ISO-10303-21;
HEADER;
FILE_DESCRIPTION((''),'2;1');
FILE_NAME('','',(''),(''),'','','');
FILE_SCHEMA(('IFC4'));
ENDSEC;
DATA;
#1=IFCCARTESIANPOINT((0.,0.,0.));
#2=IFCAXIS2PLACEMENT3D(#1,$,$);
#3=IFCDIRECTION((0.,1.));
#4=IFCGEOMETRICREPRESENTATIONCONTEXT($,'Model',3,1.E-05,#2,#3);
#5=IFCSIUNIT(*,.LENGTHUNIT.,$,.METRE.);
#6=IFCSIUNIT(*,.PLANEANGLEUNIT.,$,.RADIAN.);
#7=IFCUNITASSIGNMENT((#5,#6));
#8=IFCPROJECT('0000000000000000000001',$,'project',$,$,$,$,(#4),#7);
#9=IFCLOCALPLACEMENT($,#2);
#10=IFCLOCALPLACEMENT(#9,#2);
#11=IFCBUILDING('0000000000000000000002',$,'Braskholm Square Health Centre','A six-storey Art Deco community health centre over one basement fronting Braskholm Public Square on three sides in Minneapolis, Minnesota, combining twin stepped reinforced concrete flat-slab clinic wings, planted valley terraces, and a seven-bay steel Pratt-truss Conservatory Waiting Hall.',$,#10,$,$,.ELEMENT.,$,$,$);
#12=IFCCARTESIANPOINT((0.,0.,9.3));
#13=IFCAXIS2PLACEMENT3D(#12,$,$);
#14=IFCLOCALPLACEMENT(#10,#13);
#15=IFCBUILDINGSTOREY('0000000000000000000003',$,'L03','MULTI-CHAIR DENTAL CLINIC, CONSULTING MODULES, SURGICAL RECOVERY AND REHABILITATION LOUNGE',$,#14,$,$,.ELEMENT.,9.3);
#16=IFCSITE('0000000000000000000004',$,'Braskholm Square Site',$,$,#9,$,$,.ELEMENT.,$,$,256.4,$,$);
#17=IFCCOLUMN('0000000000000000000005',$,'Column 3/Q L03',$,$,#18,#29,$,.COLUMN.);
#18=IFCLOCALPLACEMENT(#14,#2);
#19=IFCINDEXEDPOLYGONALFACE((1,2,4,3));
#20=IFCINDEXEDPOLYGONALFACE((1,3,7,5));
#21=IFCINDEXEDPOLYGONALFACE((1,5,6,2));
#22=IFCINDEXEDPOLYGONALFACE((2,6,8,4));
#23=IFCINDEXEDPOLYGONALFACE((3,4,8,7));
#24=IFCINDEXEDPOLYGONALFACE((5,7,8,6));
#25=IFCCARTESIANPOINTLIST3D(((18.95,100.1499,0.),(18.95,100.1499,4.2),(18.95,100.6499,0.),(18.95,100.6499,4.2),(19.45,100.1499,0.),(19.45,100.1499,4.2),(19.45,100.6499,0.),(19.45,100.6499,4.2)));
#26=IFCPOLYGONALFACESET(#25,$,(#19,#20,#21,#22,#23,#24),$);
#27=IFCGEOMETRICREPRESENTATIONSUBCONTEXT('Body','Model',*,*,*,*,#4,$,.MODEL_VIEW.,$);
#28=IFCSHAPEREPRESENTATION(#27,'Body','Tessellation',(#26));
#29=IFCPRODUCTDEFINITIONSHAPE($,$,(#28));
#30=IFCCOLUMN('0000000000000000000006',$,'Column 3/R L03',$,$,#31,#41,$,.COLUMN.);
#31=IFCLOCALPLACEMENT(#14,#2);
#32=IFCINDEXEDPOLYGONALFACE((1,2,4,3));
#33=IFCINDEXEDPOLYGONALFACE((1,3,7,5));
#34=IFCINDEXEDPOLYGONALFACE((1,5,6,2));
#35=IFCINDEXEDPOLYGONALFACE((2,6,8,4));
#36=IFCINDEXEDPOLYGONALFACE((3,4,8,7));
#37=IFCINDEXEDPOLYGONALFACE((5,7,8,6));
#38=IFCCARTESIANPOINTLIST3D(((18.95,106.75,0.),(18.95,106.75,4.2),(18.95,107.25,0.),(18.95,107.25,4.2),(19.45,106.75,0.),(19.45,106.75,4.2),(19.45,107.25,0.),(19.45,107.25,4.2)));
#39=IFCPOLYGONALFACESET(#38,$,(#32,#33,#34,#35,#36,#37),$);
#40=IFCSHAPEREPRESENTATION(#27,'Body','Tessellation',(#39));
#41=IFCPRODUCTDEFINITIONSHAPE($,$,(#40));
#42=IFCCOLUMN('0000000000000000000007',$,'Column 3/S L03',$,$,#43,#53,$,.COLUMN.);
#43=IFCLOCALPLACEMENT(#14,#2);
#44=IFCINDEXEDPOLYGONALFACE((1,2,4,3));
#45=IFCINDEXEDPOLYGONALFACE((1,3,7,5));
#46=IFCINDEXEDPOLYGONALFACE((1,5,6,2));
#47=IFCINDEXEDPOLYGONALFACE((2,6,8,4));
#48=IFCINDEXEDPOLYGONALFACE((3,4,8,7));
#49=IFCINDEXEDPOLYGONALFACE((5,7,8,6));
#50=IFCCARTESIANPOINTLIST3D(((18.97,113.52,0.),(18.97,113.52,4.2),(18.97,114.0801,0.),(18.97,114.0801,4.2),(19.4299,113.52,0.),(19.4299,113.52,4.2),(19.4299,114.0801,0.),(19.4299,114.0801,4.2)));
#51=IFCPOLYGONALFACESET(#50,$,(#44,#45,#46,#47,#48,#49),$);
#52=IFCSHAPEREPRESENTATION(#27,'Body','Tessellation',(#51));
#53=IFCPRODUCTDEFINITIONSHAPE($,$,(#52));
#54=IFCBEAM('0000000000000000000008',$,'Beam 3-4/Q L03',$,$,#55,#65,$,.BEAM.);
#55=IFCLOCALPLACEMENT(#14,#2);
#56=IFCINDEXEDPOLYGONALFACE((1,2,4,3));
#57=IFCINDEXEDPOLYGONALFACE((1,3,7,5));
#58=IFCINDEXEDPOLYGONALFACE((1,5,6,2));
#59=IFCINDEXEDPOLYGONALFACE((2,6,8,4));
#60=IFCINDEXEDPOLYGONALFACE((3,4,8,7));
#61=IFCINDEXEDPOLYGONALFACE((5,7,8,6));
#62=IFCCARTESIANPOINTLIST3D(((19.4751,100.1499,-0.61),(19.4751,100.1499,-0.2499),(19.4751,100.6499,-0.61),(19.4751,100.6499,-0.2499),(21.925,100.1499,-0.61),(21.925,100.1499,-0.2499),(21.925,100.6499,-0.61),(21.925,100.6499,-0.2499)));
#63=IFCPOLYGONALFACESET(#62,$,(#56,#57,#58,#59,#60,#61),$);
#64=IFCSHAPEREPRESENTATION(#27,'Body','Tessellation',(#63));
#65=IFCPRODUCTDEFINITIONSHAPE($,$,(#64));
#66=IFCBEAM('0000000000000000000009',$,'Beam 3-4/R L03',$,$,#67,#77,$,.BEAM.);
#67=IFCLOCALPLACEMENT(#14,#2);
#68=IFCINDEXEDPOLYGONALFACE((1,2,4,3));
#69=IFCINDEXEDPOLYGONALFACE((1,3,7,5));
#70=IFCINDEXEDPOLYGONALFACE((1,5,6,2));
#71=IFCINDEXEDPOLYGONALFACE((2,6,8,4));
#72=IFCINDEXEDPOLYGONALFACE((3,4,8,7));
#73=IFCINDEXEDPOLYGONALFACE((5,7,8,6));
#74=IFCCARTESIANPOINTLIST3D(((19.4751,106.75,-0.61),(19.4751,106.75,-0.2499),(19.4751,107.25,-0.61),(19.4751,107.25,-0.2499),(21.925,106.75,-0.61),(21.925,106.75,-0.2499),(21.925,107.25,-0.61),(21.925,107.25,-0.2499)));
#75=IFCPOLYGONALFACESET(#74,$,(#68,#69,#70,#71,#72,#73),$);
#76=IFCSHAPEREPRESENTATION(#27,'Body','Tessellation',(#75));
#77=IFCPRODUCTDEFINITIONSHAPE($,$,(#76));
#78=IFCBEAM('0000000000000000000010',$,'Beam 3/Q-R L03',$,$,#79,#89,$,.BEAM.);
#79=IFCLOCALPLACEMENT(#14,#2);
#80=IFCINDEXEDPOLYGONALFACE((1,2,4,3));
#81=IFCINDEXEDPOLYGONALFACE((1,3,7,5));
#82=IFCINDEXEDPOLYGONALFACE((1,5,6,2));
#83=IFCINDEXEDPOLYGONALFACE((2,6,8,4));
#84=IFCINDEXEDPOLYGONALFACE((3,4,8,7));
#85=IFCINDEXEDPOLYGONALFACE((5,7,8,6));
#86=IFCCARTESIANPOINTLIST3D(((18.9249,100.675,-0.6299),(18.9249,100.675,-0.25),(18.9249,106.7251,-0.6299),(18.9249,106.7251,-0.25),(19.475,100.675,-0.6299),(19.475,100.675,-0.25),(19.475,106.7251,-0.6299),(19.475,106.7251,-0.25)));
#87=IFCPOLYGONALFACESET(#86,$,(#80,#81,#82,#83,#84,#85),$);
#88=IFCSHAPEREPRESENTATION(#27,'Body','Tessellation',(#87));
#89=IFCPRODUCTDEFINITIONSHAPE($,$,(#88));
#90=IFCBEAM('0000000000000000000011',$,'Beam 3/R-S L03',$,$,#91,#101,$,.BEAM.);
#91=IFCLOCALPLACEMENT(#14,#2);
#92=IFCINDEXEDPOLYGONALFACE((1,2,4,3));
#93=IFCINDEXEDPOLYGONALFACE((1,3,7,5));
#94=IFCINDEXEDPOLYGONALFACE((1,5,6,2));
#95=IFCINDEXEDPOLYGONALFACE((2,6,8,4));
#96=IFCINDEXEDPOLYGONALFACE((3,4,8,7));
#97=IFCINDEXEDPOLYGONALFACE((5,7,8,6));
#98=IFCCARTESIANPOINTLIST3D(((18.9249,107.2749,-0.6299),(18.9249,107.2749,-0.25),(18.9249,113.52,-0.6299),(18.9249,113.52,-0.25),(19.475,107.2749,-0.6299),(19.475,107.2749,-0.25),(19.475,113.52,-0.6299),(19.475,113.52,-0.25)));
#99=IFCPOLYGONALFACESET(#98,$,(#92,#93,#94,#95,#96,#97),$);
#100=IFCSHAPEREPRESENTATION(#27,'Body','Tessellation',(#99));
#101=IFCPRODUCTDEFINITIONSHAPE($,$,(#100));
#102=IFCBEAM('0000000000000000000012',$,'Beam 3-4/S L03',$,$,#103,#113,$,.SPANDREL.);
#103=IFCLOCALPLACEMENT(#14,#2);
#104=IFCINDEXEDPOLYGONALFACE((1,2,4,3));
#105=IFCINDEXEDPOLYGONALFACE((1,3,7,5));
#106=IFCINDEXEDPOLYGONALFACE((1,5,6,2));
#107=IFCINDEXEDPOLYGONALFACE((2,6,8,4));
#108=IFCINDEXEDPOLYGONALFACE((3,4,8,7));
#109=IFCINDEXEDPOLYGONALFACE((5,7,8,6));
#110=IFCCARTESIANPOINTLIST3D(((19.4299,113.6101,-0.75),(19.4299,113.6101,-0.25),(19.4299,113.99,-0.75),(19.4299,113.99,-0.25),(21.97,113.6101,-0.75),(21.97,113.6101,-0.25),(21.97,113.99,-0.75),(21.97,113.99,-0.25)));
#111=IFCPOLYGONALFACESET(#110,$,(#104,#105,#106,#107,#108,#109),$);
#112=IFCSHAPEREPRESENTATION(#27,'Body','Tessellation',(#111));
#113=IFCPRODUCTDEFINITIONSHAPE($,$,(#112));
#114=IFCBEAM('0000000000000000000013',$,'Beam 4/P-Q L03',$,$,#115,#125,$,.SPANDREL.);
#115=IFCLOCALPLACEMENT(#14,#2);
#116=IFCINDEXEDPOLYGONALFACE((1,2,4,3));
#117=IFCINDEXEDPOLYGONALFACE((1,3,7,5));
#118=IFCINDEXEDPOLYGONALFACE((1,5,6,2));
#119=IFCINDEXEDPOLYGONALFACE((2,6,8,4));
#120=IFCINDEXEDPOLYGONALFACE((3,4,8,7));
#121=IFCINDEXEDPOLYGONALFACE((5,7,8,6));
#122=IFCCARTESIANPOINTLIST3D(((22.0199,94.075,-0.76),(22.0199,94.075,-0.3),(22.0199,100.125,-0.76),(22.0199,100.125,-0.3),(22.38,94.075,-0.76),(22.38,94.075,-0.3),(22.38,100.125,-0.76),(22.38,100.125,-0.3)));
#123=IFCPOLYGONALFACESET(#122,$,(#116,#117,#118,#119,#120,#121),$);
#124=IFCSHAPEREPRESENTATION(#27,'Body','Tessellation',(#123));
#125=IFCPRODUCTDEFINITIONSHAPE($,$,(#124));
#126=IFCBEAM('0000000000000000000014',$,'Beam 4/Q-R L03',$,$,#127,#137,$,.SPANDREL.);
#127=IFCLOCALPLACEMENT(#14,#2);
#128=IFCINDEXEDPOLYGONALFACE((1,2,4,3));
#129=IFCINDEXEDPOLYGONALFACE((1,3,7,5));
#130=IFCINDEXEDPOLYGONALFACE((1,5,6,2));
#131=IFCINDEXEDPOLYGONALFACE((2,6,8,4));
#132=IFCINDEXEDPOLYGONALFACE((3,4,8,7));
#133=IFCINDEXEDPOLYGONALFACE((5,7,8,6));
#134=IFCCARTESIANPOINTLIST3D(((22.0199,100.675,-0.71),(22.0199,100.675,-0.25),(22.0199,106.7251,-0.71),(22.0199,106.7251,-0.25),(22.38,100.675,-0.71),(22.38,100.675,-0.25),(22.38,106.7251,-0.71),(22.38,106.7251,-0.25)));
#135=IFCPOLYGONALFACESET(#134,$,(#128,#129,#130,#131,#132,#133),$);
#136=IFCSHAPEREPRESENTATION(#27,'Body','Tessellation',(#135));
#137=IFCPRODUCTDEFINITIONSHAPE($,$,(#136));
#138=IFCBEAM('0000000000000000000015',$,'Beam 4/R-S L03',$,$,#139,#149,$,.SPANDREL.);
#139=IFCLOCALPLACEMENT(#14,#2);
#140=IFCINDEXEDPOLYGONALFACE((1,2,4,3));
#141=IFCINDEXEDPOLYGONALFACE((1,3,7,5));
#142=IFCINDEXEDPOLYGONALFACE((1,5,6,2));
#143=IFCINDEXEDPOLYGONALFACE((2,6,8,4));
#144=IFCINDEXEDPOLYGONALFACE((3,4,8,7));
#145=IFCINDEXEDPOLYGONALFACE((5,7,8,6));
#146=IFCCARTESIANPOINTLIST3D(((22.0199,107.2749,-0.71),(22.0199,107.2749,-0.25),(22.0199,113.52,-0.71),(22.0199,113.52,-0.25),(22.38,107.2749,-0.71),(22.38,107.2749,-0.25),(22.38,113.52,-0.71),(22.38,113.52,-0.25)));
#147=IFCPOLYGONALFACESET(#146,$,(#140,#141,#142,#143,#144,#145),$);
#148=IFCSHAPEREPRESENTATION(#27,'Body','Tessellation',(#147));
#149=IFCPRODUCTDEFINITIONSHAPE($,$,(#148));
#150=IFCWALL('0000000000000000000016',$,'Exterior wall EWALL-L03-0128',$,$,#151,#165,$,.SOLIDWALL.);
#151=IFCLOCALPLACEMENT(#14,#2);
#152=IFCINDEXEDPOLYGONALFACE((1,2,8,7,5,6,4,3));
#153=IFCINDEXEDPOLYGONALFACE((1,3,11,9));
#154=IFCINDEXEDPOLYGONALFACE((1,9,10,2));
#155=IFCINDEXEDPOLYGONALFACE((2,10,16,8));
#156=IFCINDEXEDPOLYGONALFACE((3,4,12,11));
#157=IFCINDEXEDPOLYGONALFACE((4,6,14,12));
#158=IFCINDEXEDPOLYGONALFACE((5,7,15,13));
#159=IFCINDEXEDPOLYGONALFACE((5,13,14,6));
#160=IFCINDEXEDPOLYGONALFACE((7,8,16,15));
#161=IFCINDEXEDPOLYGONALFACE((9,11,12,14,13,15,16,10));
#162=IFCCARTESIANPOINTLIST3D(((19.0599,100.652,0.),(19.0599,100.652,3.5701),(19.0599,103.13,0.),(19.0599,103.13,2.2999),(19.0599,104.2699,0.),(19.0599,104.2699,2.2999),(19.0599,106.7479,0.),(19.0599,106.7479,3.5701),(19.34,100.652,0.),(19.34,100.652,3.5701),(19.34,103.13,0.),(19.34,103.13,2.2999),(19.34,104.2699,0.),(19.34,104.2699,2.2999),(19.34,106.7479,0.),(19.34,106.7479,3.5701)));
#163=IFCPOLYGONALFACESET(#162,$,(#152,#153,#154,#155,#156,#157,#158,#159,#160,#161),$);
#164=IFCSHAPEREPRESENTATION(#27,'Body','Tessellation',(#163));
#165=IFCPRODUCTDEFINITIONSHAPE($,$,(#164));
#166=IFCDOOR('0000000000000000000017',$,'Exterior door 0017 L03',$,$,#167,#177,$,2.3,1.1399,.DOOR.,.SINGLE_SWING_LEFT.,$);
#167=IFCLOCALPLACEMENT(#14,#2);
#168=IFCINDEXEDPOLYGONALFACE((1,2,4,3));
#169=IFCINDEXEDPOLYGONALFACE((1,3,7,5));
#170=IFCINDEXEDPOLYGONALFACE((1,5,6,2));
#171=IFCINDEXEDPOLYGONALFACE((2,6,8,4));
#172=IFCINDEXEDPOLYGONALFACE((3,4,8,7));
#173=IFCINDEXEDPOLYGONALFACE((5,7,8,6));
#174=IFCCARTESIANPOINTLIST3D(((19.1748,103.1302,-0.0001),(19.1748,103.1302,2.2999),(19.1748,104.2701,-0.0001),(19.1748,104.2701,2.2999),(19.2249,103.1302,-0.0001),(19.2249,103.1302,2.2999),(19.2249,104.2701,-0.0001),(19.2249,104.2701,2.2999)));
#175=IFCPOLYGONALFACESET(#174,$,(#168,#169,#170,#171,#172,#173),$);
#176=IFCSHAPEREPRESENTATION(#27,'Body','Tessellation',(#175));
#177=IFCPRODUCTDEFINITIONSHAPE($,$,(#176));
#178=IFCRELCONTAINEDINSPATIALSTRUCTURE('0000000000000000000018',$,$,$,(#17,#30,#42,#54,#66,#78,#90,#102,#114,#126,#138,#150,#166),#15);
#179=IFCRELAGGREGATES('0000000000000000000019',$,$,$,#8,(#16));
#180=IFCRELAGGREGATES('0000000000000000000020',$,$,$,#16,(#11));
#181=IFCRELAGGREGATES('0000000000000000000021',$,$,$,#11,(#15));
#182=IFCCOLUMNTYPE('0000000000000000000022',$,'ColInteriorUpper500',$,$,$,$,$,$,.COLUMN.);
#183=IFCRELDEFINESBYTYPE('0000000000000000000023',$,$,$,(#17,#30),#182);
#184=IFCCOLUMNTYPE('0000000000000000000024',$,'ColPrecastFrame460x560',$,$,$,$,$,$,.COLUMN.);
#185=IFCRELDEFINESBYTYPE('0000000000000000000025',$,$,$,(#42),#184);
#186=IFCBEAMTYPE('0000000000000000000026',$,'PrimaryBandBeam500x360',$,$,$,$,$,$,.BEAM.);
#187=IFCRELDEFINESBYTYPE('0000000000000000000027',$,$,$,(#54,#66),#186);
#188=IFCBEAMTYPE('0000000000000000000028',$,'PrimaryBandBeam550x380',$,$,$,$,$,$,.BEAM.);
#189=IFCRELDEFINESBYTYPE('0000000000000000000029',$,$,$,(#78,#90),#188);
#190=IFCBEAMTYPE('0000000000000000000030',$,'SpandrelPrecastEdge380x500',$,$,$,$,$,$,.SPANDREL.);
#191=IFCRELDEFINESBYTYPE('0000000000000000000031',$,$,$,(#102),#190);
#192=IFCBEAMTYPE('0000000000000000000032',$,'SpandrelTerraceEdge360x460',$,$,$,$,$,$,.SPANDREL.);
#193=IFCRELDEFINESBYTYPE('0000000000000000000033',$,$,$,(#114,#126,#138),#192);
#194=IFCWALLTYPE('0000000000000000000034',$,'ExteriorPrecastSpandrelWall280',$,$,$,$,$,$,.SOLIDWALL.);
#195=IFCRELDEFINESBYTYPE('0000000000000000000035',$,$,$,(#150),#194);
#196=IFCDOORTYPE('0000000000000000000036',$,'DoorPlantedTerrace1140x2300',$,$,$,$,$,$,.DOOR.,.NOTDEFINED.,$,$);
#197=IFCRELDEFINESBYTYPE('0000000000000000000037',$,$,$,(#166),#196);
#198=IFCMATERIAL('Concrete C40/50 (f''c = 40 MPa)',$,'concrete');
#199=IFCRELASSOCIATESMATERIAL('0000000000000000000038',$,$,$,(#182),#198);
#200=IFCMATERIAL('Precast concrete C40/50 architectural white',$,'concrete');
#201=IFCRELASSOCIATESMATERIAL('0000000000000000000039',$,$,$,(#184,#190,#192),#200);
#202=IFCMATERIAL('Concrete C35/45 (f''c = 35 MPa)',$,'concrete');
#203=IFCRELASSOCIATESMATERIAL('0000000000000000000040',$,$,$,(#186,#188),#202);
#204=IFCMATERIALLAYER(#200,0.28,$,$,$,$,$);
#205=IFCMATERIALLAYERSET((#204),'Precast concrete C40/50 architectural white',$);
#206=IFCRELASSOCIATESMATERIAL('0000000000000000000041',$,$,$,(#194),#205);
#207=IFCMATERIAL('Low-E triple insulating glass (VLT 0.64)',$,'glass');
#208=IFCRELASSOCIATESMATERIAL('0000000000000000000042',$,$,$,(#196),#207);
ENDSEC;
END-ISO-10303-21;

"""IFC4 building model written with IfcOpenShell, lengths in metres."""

from ifc_helpers import new_model, si_unit, direction, frame, frame_2d, origin, origin_2d, place, context, subcontext, project, spatial, rectangle, extrude, material, layer, layer_set, material_profile, profile_set, type_object, element, fill, save


model = new_model("IFC4")

# Units and contexts
model_context = context("Model", 3, precision=1e-05, world=origin(), true_north=direction((0.0, 1.0)))
body_context = subcontext(model_context, "Body", "Model", "MODEL_VIEW")
ifc_project = project(units=[si_unit("LENGTHUNIT", "METRE"), si_unit("PLANEANGLEUNIT", "RADIAN")], contexts=[model_context])

# Site, building, storey
site_placement = place(None, origin())
site = spatial("IfcSite", under=ifc_project, at=site_placement, Name="Braskholm Square Site", CompositionType="ELEMENT", RefElevation=256.4)
building_placement = place(site_placement, origin())
building = spatial("IfcBuilding", under=site, at=building_placement, Name="Braskholm Square Health Centre", Description="A six-storey Art Deco community health centre over one basement fronting Braskholm Public Square on three sides in Minneapolis, Minnesota, combining twin stepped reinforced concrete flat-slab clinic wings, planted valley terraces, and a seven-bay steel Pratt-truss Conservatory Waiting Hall.", CompositionType="ELEMENT")
storey_placement = place(building_placement, frame((0.0, 0.0, 9.3)))
storey = spatial("IfcBuildingStorey", under=building, at=storey_placement, Name="L03", Description="MULTI-CHAIR DENTAL CLINIC, CONSULTING MODULES, SURGICAL RECOVERY AND REHABILITATION LOUNGE", CompositionType="ELEMENT", Elevation=9.3)

# Columns
ifc_material_1 = material(Name="Concrete C40/50 (f'c = 40 MPa)", Category="concrete")
ifc_material_profile_1 = material_profile(ifc_material_1, rectangle(XDim=0.5, YDim=0.5, at=origin_2d()), Name="RC-500X500")
ifc_profile_set_1 = profile_set([ifc_material_profile_1], Name="Concrete C40/50 (f'c = 40 MPa)")
column_type_1 = type_object("IfcColumnType", Name="ColInteriorUpper500", PredefinedType="COLUMN", material=ifc_profile_set_1)
for number, where, z_axis, x_axis, name in (
    (1, (19.2, 100.3999, 0.0), (0.0, 0.0, 1.0), (1.0, 0.0, 0.0), "Column 3/Q L03"),
    (2, (19.2, 107.0, 0.0), (0.0, 0.0, 1.0), (1.0, 0.0, 0.0), "Column 3/R L03"),
):
    element("IfcColumn", number, at=place(storey_placement, frame(where, z_axis=z_axis, x_axis=x_axis)), inside=storey, type_object=column_type_1, Name=name, PredefinedType="COLUMN", context=body_context, shape_type="SweptSolid", body=[
        extrude(rectangle(XDim=0.5, YDim=0.5, at=origin_2d()), origin(), (0.0, 0.0, 1.0), 4.2),
    ])
ifc_material_2 = material(Name="Precast concrete C40/50 architectural white", Category="concrete")
ifc_material_profile_2 = material_profile(ifc_material_2, rectangle(XDim=0.46, YDim=0.5601, at=origin_2d()), Name="RC-460X560")
ifc_profile_set_2 = profile_set([ifc_material_profile_2], Name="Precast concrete C40/50 architectural white")
column_type_2 = type_object("IfcColumnType", Name="ColPrecastFrame460x560", PredefinedType="COLUMN", material=ifc_profile_set_2)
column_placement = place(storey_placement, frame((19.2, 113.8, 0.0), z_axis=(0.0, 0.0, 1.0), x_axis=(1.0, 0.0, 0.0)))
element("IfcColumn", 3, at=column_placement, inside=storey, type_object=column_type_2, Name="Column 3/S L03", PredefinedType="COLUMN", context=body_context, shape_type="SweptSolid", body=[
    extrude(rectangle(XDim=0.46, YDim=0.5601, at=origin_2d()), origin(), (0.0, 0.0, 1.0), 4.2),
])

# Beams
ifc_material_3 = material(Name="Concrete C35/45 (f'c = 35 MPa)", Category="concrete")
ifc_material_profile_3 = material_profile(ifc_material_3, rectangle(XDim=0.5, YDim=0.3601, at=origin_2d()), Name="RCB-500X360")
ifc_profile_set_3 = profile_set([ifc_material_profile_3], Name="Concrete C35/45 (f'c = 35 MPa)")
beam_type_1 = type_object("IfcBeamType", Name="PrimaryBandBeam500x360", PredefinedType="BEAM", material=ifc_profile_set_3)
for number, where, z_axis, x_axis, name in (
    (4, (19.4751, 100.3999, -0.4299), (1.0, 0.0, 0.0), (0.0, 1.0, 0.0), "Beam 3-4/Q L03"),
    (5, (19.4751, 107.0, -0.4299), (1.0, 0.0, 0.0), (0.0, 1.0, 0.0), "Beam 3-4/R L03"),
):
    element("IfcBeam", number, at=place(storey_placement, frame(where, z_axis=z_axis, x_axis=x_axis)), inside=storey, type_object=beam_type_1, Name=name, PredefinedType="BEAM", context=body_context, shape_type="SweptSolid", body=[
        extrude(rectangle(XDim=0.5, YDim=0.3601, at=origin_2d()), origin(), (0.0, 0.0, 1.0), 2.45),
    ])
ifc_material_profile_4 = material_profile(ifc_material_3, rectangle(XDim=0.55, YDim=0.3799, at=origin_2d()), Name="RCB-550X380")
ifc_profile_set_4 = profile_set([ifc_material_profile_4], Name="Concrete C35/45 (f'c = 35 MPa)")
beam_type_2 = type_object("IfcBeamType", Name="PrimaryBandBeam550x380", PredefinedType="BEAM", material=ifc_profile_set_4)
beam_1_placement = place(storey_placement, frame((19.2, 100.675, -0.4399), z_axis=(0.0, 1.0, 0.0), x_axis=(-1.0, 0.0, 0.0)))
element("IfcBeam", 6, at=beam_1_placement, inside=storey, type_object=beam_type_2, Name="Beam 3/Q-R L03", PredefinedType="BEAM", context=body_context, shape_type="SweptSolid", body=[
    extrude(rectangle(XDim=0.55, YDim=0.3799, at=origin_2d()), origin(), (0.0, 0.0, 1.0), 6.05),
])
beam_2_placement = place(storey_placement, frame((19.2, 107.2749, -0.4399), z_axis=(0.0, 1.0, 0.0), x_axis=(-1.0, 0.0, 0.0)))
element("IfcBeam", 7, at=beam_2_placement, inside=storey, type_object=beam_type_2, Name="Beam 3/R-S L03", PredefinedType="BEAM", context=body_context, shape_type="SweptSolid", body=[
    extrude(rectangle(XDim=0.55, YDim=0.3799, at=origin_2d()), origin(), (0.0, 0.0, 1.0), 6.2451),
])
ifc_material_profile_5 = material_profile(ifc_material_2, rectangle(XDim=0.3799, YDim=0.5, at=origin_2d()), Name="RCB-380X500")
ifc_profile_set_5 = profile_set([ifc_material_profile_5], Name="Precast concrete C40/50 architectural white")
beam_type_3 = type_object("IfcBeamType", Name="SpandrelPrecastEdge380x500", PredefinedType="SPANDREL", material=ifc_profile_set_5)
beam_3_placement = place(storey_placement, frame((19.4299, 113.8, -0.5), z_axis=(1.0, 0.0, 0.0), x_axis=(0.0, 1.0, 0.0)))
element("IfcBeam", 8, at=beam_3_placement, inside=storey, type_object=beam_type_3, Name="Beam 3-4/S L03", PredefinedType="SPANDREL", context=body_context, shape_type="SweptSolid", body=[
    extrude(rectangle(XDim=0.3799, YDim=0.5, at=origin_2d()), origin(), (0.0, 0.0, 1.0), 2.54),
])
ifc_material_profile_6 = material_profile(ifc_material_2, rectangle(XDim=0.3601, YDim=0.46, at=origin_2d()), Name="RCB-360X460")
ifc_profile_set_6 = profile_set([ifc_material_profile_6], Name="Precast concrete C40/50 architectural white")
beam_type_4 = type_object("IfcBeamType", Name="SpandrelTerraceEdge360x460", PredefinedType="SPANDREL", material=ifc_profile_set_6)
for number, where, z_axis, x_axis, name in (
    (9, (22.2, 94.075, -0.53), (0.0, 1.0, 0.0), (-1.0, 0.0, 0.0), "Beam 4/P-Q L03"),
    (10, (22.2, 100.675, -0.48), (0.0, 1.0, 0.0), (-1.0, 0.0, 0.0), "Beam 4/Q-R L03"),
):
    element("IfcBeam", number, at=place(storey_placement, frame(where, z_axis=z_axis, x_axis=x_axis)), inside=storey, type_object=beam_type_4, Name=name, PredefinedType="SPANDREL", context=body_context, shape_type="SweptSolid", body=[
        extrude(rectangle(XDim=0.3601, YDim=0.46, at=origin_2d()), origin(), (0.0, 0.0, 1.0), 6.05),
    ])
beam_4_placement = place(storey_placement, frame((22.2, 107.2749, -0.48), z_axis=(0.0, 1.0, 0.0), x_axis=(-1.0, 0.0, 0.0)))
element("IfcBeam", 11, at=beam_4_placement, inside=storey, type_object=beam_type_4, Name="Beam 4/R-S L03", PredefinedType="SPANDREL", context=body_context, shape_type="SweptSolid", body=[
    extrude(rectangle(XDim=0.3601, YDim=0.46, at=origin_2d()), origin(), (0.0, 0.0, 1.0), 6.2451),
])

# Wall, opening, door
ifc_layer_1 = layer(ifc_material_2, 0.28)
ifc_layer_set_1 = layer_set([ifc_layer_1], Name="Precast concrete C40/50 architectural white")
wall_type = type_object("IfcWallType", Name="ExteriorPrecastSpandrelWall280", PredefinedType="SOLIDWALL", material=ifc_layer_set_1)
wall_1_placement = place(storey_placement, frame((19.2, 100.6521, 0.0), z_axis=(0.0, 0.0, 1.0), x_axis=(0.0, 1.0, 0.0)))
wall_1 = element("IfcWall", 12, at=wall_1_placement, inside=storey, type_object=wall_type, Name="Exterior wall EWALL-L03-0128", PredefinedType="SOLIDWALL", context=body_context, shape_type="SweptSolid", body=[
    extrude(rectangle(XDim=6.0959, YDim=0.28, at=frame_2d((3.0479, 0.0))), origin(), (0.0, 0.0, 1.0), 3.5701),
])
opening_1_placement = place(wall_1_placement, frame((2.478, 0.0, 0.0)))
opening_1 = element("IfcOpeningElement", 13, at=opening_1_placement, cuts=wall_1, PredefinedType="OPENING", context=body_context, shape_type="SweptSolid", body=[
    extrude(rectangle(XDim=1.1399, YDim=2.3, at=frame_2d((0.5698, 1.1499))), frame((0.0, 0.1499, 0.0), z_axis=(0.0, -1.0, 0.0), x_axis=(1.0, 0.0, 0.0)), (0.0, 0.0, 1.0), 0.3),
])
ifc_material_4 = material(Name="Low-E triple insulating glass (VLT 0.64)", Category="glass")
door_type = type_object("IfcDoorType", Name="DoorPlantedTerrace1140x2300", OperationType="NOTDEFINED", PredefinedType="DOOR", material=ifc_material_4)
door_placement = place(opening_1_placement, frame((1.1399, 0.0, 0.0), z_axis=(0.0, 0.0, 1.0), x_axis=(-1.0, 0.0, 0.0)))
door = element("IfcDoor", 14, at=door_placement, inside=storey, type_object=door_type, Name="Exterior door 0017 L03", OperationType="SINGLE_SWING_LEFT", OverallHeight=2.3, OverallWidth=1.1399, PredefinedType="DOOR", context=body_context, shape_type="SweptSolid", body=[
    extrude(rectangle(XDim=1.1399, YDim=2.3, at=frame_2d((0.5698, 1.1499))), frame((0.0, 0.0249, 0.0), z_axis=(0.0, -1.0, 0.0), x_axis=(1.0, 0.0, 0.0)), (0.0, 0.0, 1.0), 0.05),
])
fill(opening_1, door)

save(model, "model.ifc")
